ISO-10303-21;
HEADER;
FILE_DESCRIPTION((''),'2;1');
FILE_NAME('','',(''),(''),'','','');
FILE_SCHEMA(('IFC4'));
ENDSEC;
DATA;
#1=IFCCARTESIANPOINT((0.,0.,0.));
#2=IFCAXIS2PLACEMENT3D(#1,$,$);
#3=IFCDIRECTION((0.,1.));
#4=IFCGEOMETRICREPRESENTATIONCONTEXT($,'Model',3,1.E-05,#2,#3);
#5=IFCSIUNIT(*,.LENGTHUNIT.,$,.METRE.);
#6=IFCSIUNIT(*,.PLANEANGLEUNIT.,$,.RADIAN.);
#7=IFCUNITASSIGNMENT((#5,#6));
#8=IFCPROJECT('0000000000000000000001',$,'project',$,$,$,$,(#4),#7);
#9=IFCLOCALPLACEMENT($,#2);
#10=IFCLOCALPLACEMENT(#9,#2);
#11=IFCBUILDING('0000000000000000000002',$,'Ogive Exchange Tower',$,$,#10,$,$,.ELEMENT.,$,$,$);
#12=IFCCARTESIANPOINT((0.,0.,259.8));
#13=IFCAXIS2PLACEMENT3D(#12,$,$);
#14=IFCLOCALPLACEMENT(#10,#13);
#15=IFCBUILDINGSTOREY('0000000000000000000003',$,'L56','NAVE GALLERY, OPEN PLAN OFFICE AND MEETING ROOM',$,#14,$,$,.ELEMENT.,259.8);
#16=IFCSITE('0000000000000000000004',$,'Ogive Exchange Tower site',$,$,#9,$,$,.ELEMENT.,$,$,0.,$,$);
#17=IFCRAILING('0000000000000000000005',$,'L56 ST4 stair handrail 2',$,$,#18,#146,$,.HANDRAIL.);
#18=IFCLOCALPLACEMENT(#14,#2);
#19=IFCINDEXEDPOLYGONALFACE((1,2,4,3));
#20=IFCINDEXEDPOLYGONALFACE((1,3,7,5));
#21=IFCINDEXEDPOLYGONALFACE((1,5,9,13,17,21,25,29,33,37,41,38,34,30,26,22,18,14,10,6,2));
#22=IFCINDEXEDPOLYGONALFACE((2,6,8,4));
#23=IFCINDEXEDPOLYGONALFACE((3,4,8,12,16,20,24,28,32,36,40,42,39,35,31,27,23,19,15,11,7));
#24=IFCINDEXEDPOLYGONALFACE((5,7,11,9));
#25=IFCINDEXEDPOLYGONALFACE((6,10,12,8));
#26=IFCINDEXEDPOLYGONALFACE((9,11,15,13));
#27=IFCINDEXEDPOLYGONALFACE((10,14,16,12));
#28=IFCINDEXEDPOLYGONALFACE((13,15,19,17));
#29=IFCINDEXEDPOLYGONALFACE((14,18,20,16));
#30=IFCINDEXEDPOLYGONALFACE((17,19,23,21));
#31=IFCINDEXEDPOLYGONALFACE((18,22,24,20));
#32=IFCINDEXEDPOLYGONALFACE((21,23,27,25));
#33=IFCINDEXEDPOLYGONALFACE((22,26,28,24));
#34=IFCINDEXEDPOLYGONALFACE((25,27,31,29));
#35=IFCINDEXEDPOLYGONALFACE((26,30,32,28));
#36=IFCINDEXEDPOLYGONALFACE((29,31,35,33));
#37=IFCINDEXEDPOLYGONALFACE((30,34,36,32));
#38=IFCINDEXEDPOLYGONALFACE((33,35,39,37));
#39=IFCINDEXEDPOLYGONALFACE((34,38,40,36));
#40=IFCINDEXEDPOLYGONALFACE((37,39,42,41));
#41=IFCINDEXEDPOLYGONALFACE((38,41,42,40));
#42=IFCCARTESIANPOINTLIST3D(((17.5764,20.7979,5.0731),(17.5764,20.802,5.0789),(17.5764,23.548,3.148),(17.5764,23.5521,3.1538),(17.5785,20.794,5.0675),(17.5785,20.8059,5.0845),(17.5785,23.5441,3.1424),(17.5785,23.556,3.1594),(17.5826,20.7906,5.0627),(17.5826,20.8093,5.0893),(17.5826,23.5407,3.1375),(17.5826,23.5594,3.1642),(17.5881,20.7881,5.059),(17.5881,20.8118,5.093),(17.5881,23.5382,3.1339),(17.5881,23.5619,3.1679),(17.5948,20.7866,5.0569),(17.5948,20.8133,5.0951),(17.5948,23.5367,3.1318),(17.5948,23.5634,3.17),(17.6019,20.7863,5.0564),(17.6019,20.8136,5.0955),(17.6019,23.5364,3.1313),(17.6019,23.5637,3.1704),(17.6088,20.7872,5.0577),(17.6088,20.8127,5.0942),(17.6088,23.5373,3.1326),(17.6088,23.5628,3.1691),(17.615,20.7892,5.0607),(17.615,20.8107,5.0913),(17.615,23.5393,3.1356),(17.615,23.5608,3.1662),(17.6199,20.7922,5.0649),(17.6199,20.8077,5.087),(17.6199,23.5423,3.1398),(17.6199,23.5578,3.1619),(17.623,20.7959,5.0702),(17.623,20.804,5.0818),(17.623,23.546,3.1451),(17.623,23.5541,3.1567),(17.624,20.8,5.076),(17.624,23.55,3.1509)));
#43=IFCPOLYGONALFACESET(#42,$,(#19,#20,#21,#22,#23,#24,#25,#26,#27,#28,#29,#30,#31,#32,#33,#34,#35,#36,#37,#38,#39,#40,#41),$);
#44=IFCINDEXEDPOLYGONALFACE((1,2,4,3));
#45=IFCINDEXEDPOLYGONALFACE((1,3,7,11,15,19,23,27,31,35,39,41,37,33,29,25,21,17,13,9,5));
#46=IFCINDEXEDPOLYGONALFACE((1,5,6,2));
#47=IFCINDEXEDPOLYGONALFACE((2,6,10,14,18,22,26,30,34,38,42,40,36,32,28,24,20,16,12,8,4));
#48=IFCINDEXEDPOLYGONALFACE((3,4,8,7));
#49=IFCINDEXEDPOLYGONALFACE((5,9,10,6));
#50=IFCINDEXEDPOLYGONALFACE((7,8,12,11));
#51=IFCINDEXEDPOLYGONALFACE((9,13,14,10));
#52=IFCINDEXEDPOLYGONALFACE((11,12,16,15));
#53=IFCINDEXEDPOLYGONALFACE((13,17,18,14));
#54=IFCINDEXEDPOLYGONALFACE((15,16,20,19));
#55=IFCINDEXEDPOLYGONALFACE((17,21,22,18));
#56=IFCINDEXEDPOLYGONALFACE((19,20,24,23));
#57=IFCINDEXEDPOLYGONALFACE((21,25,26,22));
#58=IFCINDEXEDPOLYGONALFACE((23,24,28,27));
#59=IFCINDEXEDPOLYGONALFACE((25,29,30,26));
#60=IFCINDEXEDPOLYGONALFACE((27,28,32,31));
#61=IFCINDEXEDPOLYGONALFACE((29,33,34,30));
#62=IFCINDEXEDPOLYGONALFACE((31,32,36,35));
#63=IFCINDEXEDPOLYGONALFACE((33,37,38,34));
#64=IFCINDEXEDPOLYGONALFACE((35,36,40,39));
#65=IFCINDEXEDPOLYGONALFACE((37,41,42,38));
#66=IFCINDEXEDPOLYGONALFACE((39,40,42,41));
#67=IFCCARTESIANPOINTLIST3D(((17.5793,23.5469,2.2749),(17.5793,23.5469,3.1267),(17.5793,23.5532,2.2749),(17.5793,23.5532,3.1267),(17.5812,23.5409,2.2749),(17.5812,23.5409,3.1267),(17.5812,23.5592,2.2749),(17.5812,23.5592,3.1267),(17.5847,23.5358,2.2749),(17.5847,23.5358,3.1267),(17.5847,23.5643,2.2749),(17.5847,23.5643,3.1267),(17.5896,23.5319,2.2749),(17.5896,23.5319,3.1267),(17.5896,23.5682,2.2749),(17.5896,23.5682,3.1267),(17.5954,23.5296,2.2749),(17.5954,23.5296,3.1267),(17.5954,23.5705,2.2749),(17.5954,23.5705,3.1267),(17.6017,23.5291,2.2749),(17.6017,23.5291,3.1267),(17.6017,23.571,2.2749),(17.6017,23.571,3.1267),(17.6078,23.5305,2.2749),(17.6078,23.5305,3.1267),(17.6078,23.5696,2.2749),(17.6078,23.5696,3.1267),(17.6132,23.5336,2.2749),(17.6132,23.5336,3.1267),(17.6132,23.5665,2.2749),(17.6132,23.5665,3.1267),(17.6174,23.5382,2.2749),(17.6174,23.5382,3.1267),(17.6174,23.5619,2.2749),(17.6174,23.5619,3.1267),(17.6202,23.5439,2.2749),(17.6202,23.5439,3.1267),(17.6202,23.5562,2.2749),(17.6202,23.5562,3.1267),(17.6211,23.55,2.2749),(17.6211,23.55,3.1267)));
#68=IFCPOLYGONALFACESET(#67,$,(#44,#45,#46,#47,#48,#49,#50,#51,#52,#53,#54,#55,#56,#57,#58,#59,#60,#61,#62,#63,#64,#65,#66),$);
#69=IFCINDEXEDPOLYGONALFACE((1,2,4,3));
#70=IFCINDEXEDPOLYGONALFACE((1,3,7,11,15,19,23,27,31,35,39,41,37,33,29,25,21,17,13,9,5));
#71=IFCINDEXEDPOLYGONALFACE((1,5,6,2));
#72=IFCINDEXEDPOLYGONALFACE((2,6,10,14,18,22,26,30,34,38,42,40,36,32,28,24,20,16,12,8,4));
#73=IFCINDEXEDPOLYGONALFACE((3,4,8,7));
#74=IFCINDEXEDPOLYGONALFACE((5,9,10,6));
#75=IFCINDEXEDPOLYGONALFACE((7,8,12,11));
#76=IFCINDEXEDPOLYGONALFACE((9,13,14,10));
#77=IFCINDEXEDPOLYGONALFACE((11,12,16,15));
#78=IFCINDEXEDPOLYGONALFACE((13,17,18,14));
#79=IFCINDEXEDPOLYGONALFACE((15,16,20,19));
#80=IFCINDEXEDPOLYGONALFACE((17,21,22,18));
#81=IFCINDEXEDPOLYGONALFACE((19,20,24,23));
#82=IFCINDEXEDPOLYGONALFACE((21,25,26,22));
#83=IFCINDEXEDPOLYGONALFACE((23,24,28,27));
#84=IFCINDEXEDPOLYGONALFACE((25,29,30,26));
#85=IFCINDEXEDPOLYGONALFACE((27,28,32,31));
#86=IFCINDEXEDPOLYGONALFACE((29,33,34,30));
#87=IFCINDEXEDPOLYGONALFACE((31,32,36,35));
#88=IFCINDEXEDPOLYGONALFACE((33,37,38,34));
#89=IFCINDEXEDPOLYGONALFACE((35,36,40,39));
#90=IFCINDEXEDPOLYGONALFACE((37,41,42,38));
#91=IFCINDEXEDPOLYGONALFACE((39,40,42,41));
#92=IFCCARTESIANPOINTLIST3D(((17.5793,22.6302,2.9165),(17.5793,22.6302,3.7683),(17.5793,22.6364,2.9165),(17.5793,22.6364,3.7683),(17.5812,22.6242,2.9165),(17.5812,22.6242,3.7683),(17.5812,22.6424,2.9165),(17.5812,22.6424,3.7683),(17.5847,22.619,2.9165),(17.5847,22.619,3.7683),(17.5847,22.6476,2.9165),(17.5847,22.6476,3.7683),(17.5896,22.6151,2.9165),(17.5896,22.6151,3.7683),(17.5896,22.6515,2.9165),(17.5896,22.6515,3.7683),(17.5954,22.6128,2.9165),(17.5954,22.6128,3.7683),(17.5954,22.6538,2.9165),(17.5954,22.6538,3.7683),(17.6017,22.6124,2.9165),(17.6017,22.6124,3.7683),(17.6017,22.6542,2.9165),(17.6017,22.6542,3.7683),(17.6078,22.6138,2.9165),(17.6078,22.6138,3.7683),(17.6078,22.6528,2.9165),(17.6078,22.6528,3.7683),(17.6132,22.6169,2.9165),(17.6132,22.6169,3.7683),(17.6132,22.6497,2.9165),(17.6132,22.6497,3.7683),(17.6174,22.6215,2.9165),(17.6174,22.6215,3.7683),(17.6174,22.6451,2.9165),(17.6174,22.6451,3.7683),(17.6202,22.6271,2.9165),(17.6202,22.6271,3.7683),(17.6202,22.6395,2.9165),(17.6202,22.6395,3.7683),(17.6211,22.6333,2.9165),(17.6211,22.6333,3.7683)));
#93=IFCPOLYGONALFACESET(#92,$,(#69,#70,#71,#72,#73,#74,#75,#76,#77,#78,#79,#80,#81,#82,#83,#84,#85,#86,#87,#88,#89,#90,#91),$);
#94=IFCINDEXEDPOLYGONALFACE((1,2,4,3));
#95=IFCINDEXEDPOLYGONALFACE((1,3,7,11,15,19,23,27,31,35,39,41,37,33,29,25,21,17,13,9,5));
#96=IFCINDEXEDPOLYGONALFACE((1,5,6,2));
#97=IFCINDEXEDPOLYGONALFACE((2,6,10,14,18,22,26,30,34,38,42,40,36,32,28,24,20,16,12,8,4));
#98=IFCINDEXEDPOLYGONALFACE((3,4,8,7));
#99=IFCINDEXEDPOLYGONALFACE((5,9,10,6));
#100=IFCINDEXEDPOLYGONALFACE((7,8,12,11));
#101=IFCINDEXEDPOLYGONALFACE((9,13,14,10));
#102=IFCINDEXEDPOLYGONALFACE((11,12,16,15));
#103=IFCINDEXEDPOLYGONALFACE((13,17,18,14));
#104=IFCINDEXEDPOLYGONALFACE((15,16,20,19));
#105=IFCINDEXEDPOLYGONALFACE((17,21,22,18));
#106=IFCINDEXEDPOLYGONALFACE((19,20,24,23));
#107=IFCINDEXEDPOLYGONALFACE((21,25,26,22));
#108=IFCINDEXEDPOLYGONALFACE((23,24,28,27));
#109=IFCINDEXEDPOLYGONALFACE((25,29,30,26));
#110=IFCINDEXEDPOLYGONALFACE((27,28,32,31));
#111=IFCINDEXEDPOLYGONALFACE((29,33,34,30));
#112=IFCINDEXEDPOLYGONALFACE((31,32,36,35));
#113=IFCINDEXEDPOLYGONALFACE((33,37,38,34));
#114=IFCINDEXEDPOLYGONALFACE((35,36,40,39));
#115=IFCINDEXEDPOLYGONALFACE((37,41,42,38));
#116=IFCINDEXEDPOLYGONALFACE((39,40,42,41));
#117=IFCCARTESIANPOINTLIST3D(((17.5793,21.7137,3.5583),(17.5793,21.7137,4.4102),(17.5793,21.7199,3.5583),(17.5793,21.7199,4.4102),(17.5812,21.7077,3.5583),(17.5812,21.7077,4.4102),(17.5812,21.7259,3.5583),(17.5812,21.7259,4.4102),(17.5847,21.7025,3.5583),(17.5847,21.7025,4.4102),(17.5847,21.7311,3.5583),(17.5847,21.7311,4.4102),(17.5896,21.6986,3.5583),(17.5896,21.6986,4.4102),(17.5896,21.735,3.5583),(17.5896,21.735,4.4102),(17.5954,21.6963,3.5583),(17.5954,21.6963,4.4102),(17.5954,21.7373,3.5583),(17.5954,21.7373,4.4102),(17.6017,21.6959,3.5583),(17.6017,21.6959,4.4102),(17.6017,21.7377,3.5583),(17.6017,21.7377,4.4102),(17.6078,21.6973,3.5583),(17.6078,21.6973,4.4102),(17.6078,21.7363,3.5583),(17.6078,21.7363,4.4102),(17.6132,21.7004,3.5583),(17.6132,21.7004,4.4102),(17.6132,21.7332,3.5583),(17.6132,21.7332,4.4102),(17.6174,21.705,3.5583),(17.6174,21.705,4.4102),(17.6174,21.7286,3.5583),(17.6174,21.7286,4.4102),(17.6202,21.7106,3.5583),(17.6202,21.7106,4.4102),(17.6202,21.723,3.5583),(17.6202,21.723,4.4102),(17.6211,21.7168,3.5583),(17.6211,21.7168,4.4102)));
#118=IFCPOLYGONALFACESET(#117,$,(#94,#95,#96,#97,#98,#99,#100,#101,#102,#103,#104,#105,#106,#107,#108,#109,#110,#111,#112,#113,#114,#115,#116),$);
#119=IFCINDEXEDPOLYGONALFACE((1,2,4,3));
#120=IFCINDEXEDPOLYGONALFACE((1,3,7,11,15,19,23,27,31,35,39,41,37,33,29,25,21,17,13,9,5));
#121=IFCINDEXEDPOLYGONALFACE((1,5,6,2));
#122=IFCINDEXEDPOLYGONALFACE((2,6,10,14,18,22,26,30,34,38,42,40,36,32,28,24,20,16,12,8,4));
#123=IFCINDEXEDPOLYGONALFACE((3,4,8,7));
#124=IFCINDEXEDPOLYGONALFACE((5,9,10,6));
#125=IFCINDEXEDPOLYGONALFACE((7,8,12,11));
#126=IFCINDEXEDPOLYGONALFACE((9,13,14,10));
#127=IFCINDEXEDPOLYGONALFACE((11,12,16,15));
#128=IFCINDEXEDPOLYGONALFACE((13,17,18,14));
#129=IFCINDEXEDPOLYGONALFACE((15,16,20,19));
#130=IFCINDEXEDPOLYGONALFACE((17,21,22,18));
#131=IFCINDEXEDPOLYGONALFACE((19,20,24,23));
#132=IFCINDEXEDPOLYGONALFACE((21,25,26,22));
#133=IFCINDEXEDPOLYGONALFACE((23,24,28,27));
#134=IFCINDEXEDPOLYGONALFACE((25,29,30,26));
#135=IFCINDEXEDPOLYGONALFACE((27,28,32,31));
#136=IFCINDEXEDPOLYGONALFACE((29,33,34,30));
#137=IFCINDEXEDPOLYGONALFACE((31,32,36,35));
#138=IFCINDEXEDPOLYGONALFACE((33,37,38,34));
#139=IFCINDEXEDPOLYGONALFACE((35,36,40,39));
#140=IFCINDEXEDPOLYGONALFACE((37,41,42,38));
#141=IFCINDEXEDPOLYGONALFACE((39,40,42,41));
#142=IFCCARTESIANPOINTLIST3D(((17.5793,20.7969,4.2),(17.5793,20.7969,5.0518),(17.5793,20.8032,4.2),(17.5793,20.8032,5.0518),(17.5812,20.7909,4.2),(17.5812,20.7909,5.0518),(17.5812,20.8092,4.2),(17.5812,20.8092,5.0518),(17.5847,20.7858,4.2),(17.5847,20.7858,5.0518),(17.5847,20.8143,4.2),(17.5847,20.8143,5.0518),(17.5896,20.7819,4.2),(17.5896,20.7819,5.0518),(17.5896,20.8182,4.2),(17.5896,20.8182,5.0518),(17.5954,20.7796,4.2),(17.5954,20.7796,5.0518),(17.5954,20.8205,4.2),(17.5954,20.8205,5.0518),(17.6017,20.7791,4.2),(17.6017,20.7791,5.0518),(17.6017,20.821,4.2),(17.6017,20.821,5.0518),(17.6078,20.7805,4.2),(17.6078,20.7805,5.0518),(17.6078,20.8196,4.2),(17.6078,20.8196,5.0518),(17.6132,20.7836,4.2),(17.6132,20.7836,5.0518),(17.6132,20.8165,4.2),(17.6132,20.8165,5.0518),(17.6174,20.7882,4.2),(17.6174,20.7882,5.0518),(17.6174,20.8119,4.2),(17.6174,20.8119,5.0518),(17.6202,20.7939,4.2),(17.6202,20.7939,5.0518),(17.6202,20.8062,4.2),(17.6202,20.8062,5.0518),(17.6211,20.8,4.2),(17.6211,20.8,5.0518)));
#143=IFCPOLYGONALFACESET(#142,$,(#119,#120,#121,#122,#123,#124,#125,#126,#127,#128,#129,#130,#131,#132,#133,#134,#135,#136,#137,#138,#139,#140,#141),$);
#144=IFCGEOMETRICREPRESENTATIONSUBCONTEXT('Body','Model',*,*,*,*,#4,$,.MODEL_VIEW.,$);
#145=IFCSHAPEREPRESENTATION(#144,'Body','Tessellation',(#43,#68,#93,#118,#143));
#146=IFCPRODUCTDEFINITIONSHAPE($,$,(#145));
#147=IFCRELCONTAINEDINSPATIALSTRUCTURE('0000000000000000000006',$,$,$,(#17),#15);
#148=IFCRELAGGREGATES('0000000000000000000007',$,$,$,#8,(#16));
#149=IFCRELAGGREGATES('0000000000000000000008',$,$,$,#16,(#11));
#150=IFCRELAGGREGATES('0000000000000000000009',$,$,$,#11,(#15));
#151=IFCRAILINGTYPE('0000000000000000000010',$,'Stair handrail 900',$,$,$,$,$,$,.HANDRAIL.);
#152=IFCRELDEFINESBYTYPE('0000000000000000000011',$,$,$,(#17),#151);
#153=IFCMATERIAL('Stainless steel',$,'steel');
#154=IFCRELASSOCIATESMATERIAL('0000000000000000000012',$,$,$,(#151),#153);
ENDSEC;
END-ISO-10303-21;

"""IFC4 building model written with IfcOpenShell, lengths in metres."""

from ifc_helpers import new_model, si_unit, direction, frame, origin, origin_2d, place, context, subcontext, project, spatial, circle, extrude, material, type_object, element, save


model = new_model("IFC4")

# Units and contexts
model_context = context("Model", 3, precision=1e-05, world=origin(), true_north=direction((0.0, 1.0)))
body_context = subcontext(model_context, "Body", "Model", "MODEL_VIEW")
ifc_project = project(units=[si_unit("LENGTHUNIT", "METRE"), si_unit("PLANEANGLEUNIT", "RADIAN")], contexts=[model_context])

# Site, building, storey
site_placement = place(None, origin())
site = spatial("IfcSite", under=ifc_project, at=site_placement, Name="Ogive Exchange Tower site", CompositionType="ELEMENT", RefElevation=0.0)
building_placement = place(site_placement, origin())
building = spatial("IfcBuilding", under=site, at=building_placement, Name="Ogive Exchange Tower", CompositionType="ELEMENT")
storey_placement = place(building_placement, frame((0.0, 0.0, 259.8)))
storey = spatial("IfcBuildingStorey", under=building, at=storey_placement, Name="L56", Description="NAVE GALLERY, OPEN PLAN OFFICE AND MEETING ROOM", CompositionType="ELEMENT", Elevation=259.8)

# Railing
ifc_material_1 = material(Name="Stainless steel", Category="steel")
railing_type = type_object("IfcRailingType", Name="Stair handrail 900", PredefinedType="HANDRAIL", material=ifc_material_1)
railing_1_placement = place(storey_placement, frame((17.6001, 23.55, 2.2749)))
element("IfcRailing", 1, at=railing_1_placement, inside=storey, type_object=railing_type, Name="L56 ST4 stair handrail 2", PredefinedType="HANDRAIL", context=body_context, shape_type="SweptSolid", body=[
    extrude(circle(Radius=0.0239, at=origin_2d()), frame((0.0, 0.0, 0.876), z_axis=(0.0, -0.819225, 0.573472), x_axis=(1.0, 0.0, 0.0)), (0.0, 0.0, 1.0), 3.3569),
    extrude(circle(Radius=0.021, at=origin_2d()), origin(), (0.0, 0.0, 1.0), 0.8518),
    extrude(circle(Radius=0.021, at=origin_2d()), frame((0.0, -0.9167, 0.6416)), (0.0, 0.0, 1.0), 0.8518),
    extrude(circle(Radius=0.021, at=origin_2d()), frame((0.0, -1.8333, 1.2834)), (0.0, 0.0, 1.0), 0.8518),
    extrude(circle(Radius=0.021, at=origin_2d()), frame((0.0, -2.75, 1.925)), (0.0, 0.0, 1.0), 0.8518),
])

save(model, "model.ifc")
